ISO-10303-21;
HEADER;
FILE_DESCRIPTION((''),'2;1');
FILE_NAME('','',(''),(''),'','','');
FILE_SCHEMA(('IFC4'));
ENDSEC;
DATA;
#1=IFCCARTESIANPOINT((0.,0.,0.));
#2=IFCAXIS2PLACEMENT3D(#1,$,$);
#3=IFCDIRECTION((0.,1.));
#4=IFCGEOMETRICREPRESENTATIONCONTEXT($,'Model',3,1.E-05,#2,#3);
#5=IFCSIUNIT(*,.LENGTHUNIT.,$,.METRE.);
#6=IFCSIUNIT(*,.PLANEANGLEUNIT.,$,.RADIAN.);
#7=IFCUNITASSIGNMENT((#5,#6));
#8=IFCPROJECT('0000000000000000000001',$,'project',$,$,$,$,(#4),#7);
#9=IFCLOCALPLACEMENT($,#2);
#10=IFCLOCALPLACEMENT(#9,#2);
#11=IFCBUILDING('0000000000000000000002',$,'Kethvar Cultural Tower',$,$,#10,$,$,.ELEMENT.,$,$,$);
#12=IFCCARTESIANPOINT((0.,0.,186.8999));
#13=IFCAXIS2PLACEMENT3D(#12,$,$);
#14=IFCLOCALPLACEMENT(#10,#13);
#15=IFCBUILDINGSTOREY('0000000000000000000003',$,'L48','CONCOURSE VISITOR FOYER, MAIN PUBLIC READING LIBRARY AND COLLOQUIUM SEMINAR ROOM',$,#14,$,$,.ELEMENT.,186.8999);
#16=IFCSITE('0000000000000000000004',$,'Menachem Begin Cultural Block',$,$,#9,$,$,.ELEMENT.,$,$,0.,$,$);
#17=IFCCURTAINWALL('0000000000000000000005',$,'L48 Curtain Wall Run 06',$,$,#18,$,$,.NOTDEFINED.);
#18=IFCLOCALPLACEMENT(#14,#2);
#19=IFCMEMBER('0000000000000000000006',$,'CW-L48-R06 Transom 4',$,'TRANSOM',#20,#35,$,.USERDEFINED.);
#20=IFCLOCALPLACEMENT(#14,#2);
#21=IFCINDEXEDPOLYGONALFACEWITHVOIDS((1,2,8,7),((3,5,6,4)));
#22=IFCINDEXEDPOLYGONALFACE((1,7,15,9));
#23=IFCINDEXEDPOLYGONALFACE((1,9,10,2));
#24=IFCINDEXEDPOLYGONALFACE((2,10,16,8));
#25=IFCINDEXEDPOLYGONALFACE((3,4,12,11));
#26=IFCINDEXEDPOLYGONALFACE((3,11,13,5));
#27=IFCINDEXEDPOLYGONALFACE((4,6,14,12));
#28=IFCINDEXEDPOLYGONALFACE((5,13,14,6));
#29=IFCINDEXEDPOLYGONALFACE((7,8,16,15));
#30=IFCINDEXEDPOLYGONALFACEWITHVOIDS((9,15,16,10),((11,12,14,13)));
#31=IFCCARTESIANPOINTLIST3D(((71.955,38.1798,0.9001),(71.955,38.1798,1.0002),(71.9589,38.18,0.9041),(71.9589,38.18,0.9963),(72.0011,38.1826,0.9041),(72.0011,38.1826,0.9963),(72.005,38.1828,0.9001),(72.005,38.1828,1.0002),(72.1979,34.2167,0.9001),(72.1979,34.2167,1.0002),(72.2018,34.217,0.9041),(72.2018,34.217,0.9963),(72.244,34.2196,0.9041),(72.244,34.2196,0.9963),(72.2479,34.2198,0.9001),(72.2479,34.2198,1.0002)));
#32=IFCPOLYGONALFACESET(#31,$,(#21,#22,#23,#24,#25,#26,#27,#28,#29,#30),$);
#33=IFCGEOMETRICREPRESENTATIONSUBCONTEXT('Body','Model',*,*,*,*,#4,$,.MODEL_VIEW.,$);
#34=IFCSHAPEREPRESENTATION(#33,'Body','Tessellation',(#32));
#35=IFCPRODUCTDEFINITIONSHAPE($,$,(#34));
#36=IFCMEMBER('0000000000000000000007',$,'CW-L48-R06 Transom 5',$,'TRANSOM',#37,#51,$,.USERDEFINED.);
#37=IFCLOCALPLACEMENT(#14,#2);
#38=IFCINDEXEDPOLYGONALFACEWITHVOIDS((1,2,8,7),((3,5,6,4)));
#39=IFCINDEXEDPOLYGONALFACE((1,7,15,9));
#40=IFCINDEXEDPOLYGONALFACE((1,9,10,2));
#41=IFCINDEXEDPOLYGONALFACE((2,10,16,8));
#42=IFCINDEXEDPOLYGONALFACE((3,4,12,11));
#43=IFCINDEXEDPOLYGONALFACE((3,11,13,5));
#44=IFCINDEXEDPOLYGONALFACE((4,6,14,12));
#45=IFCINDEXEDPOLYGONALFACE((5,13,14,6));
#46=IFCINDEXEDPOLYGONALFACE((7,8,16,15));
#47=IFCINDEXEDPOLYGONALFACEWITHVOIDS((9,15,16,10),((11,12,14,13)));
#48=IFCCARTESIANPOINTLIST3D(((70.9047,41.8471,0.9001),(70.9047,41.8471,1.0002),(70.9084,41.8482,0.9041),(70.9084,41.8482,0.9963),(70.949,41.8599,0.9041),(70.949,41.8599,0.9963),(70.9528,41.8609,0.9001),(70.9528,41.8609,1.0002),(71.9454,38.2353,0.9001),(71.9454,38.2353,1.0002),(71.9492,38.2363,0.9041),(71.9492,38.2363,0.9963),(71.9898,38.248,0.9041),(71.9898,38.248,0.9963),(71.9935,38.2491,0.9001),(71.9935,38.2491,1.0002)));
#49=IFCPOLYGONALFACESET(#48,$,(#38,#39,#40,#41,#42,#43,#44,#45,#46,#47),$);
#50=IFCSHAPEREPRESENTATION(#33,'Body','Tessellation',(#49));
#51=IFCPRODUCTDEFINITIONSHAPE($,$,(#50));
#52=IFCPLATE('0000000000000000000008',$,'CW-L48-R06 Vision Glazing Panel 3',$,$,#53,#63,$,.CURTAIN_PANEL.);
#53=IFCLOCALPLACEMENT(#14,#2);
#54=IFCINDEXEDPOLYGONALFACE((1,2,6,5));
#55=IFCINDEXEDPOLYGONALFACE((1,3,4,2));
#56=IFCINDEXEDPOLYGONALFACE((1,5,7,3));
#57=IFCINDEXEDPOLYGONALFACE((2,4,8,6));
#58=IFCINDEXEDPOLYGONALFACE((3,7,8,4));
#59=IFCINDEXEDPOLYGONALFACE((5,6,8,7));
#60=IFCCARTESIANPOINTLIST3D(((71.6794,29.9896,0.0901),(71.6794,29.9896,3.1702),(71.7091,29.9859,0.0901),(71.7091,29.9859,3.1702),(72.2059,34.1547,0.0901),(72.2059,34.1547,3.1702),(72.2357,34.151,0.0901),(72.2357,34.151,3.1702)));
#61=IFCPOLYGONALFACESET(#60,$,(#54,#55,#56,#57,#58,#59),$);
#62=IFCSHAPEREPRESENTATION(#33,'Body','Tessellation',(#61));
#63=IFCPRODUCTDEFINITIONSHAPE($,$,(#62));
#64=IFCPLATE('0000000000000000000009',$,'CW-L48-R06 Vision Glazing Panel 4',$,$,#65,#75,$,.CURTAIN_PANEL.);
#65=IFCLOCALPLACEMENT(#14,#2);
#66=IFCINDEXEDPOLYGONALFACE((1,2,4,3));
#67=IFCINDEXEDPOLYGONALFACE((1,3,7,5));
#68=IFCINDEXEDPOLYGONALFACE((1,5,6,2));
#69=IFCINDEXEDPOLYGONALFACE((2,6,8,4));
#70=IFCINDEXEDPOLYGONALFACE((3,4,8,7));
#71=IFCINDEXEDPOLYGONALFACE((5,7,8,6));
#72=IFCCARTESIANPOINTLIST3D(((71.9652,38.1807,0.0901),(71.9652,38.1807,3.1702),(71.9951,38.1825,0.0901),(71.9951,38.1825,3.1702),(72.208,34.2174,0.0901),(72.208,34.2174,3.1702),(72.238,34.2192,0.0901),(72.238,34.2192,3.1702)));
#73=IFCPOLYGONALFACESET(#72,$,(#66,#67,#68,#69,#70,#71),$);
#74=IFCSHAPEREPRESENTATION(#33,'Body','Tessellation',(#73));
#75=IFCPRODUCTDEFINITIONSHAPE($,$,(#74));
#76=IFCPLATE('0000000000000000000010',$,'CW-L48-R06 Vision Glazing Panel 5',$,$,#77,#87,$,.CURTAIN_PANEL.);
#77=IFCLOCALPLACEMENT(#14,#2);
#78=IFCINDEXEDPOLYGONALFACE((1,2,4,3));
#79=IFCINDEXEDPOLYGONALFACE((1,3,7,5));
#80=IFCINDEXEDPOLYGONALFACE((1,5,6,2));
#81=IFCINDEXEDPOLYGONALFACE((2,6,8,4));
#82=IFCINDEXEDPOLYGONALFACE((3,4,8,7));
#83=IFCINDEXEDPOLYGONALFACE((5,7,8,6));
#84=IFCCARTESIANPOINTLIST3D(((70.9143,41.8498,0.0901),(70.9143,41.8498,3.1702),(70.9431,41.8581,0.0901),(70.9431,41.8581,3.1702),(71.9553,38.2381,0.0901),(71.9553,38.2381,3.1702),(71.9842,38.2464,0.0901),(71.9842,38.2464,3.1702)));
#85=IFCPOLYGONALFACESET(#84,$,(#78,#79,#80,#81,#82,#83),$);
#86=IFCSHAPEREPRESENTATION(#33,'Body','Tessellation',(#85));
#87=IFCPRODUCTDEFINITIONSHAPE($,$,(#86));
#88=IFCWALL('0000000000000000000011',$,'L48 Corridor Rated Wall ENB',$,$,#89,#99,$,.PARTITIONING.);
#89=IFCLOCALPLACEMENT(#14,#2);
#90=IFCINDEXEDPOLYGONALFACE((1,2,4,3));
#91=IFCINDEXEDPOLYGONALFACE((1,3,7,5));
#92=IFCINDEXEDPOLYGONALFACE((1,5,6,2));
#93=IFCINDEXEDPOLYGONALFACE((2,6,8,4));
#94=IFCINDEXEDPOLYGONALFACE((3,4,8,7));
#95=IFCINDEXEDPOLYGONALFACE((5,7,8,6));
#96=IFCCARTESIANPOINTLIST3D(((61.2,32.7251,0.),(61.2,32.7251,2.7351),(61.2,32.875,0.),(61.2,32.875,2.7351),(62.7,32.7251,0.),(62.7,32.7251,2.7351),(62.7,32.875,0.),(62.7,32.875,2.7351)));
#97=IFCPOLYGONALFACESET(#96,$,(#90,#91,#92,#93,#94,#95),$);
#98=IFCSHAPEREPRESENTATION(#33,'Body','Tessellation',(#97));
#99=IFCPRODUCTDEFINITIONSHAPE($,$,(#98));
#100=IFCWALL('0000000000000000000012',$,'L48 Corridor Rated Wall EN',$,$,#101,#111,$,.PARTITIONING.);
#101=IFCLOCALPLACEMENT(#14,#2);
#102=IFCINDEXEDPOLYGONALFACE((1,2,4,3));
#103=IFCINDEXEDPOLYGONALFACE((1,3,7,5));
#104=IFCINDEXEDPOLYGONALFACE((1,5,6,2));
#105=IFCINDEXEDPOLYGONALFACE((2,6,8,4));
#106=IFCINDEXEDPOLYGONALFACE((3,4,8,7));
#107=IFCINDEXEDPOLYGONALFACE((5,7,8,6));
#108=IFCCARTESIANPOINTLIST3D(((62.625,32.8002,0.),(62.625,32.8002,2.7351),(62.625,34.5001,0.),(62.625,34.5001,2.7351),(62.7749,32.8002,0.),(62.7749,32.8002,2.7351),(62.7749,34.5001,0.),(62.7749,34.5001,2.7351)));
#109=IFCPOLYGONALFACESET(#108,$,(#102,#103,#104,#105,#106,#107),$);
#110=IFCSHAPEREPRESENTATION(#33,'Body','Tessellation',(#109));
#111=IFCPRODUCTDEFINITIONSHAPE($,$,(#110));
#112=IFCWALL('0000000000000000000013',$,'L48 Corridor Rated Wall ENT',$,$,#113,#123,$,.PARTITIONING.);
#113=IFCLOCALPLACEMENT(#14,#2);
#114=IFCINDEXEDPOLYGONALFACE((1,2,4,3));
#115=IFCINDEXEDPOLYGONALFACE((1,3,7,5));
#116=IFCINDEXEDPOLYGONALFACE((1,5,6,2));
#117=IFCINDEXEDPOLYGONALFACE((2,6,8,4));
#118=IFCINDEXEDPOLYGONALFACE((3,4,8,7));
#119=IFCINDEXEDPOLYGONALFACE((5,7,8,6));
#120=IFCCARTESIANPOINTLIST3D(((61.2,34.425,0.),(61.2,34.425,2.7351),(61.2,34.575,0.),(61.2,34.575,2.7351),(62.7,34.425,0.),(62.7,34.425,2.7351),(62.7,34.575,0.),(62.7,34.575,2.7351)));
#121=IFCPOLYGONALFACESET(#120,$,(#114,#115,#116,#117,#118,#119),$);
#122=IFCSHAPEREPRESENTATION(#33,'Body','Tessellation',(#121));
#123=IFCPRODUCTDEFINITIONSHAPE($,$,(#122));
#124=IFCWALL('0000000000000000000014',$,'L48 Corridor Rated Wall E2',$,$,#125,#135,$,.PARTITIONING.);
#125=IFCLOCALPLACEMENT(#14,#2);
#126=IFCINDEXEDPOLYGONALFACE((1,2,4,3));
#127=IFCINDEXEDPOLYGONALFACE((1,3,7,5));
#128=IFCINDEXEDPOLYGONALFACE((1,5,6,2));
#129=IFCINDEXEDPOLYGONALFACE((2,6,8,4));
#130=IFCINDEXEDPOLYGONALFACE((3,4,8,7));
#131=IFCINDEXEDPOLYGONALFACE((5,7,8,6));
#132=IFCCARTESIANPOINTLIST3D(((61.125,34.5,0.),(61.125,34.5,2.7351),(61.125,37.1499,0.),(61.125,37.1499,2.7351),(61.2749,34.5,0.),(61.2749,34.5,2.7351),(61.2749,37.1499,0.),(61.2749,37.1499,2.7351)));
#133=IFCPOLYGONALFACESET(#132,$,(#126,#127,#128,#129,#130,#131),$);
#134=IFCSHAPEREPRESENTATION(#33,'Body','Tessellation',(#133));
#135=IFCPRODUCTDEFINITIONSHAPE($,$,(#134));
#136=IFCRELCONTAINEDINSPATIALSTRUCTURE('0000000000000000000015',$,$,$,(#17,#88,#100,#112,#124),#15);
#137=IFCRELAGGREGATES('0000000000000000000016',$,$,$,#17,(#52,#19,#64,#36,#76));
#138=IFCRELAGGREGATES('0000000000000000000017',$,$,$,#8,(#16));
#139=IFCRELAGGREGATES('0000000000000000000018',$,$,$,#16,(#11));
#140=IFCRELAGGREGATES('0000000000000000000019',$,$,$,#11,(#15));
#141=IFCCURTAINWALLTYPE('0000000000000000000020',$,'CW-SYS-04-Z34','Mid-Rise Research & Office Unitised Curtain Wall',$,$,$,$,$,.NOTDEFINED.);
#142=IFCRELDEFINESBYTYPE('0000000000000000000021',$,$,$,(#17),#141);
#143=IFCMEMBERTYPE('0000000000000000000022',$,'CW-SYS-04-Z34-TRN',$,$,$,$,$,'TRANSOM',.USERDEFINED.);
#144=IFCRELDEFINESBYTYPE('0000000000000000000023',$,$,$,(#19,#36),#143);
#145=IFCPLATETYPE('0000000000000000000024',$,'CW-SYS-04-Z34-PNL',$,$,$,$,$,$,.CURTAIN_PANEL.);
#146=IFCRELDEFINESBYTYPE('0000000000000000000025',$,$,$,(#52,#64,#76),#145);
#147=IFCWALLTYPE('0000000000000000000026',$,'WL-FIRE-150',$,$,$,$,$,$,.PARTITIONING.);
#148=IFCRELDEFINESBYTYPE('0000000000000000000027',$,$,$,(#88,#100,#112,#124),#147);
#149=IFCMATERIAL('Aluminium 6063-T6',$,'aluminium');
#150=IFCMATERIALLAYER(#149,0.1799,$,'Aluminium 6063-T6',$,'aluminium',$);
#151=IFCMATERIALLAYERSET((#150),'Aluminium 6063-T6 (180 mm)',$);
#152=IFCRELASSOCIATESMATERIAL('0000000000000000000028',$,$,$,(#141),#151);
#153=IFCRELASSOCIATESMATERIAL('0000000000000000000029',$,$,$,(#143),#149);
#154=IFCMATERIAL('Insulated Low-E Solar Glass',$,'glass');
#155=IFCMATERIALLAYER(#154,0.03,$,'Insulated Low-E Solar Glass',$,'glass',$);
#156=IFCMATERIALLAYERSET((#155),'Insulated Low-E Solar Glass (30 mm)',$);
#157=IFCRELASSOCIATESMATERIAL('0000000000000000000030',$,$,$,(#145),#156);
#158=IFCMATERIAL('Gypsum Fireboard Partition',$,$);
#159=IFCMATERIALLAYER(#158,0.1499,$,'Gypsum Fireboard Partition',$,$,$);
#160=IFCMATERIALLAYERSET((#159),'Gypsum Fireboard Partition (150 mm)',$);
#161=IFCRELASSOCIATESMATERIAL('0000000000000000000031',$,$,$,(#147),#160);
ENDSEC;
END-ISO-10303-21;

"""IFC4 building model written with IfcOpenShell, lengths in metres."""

from ifc_helpers import new_model, si_unit, direction, frame, frame_2d, origin, origin_2d, place, context, subcontext, project, spatial, rectangle, hollow_rectangle, extrude, source, transform, mapped, material, layer, layer_set, material_profile, profile_set, type_object, element, aggregate, save


model = new_model("IFC4")

# Units and contexts
model_context = context("Model", 3, precision=1e-05, world=origin(), true_north=direction((0.0, 1.0)))
body_context = subcontext(model_context, "Body", "Model", "MODEL_VIEW")
ifc_project = project(units=[si_unit("LENGTHUNIT", "METRE"), si_unit("PLANEANGLEUNIT", "RADIAN")], contexts=[model_context])

# Site, building, storey
site_placement = place(None, origin())
site = spatial("IfcSite", under=ifc_project, at=site_placement, Name="Menachem Begin Cultural Block", CompositionType="ELEMENT", RefElevation=0.0)
building_placement = place(site_placement, origin())
building = spatial("IfcBuilding", under=site, at=building_placement, Name="Kethvar Cultural Tower", CompositionType="ELEMENT")
storey_placement = place(building_placement, frame((0.0, 0.0, 186.8999)))
storey = spatial("IfcBuildingStorey", under=building, at=storey_placement, Name="L48", Description="CONCOURSE VISITOR FOYER, MAIN PUBLIC READING LIBRARY AND COLLOQUIUM SEMINAR ROOM", CompositionType="ELEMENT", Elevation=186.8999)

# Curtain wall, members, plates
ifc_material_1 = material(Name="Aluminium 6063-T6", Category="aluminium")
ifc_layer_1 = layer(ifc_material_1, 0.1799, Name="Aluminium 6063-T6", Category="aluminium")
ifc_layer_set_1 = layer_set([ifc_layer_1], Name="Aluminium 6063-T6 (180 mm)")
curtain_wall_type = type_object("IfcCurtainWallType", Name="CW-SYS-04-Z34", Description="Mid-Rise Research & Office Unitised Curtain Wall", PredefinedType="NOTDEFINED", material=ifc_layer_set_1)
curtain_wall_placement = place(storey_placement, origin())
curtain_wall = element("IfcCurtainWall", 1, at=curtain_wall_placement, inside=storey, type_object=curtain_wall_type, Name="L48 Curtain Wall Run 06", PredefinedType="NOTDEFINED")
ifc_material_profile_1 = material_profile(ifc_material_1, hollow_rectangle(XDim=0.05, YDim=0.1001, WallThickness=0.0039, at=origin_2d()), Name="Aluminium 6063-T6 — RHS100x50x4")
ifc_profile_set_1 = profile_set([ifc_material_profile_1], Name="Aluminium 6063-T6 — RHS100x50x4")
member_type_1 = type_object("IfcMemberType", Name="CW-SYS-04-Z34-TRN", ElementType="TRANSOM", PredefinedType="USERDEFINED", material=ifc_profile_set_1)
shared_shape_1 = source(origin(), body_context, "Body", "SweptSolid", [
    extrude(hollow_rectangle(XDim=0.05, YDim=0.1001, WallThickness=0.0039, at=origin_2d()), origin(), (0.0, 0.0, 1.0), 3.9705),
])
member_1_placement = place(storey_placement, frame((72.2229, 34.2183, 0.9502), z_axis=(-0.06118, 0.998127, 0.0), x_axis=(-0.998127, -0.06118, 0.0)))
member_1 = element("IfcMember", 2, at=member_1_placement, type_object=member_type_1, Name="CW-L48-R06 Transom 4", ObjectType="TRANSOM", PredefinedType="USERDEFINED", context=body_context, shape_type="MappedRepresentation", body=[
    mapped(shared_shape_1, transform((0.0, 0.0, 0.0), scale=1.0)),
])
shared_shape_2 = source(origin(), body_context, "Body", "SweptSolid", [
    extrude(hollow_rectangle(XDim=0.05, YDim=0.1001, WallThickness=0.0039, at=origin_2d()), origin(), (0.0, 0.0, 1.0), 3.7588),
])
member_2_placement = place(storey_placement, frame((71.9695, 38.2422, 0.9502), z_axis=(-0.276891, 0.960901, 0.0), x_axis=(-0.960901, -0.276891, 0.0)))
member_2 = element("IfcMember", 3, at=member_2_placement, type_object=member_type_1, Name="CW-L48-R06 Transom 5", ObjectType="TRANSOM", PredefinedType="USERDEFINED", context=body_context, shape_type="MappedRepresentation", body=[
    mapped(shared_shape_2, transform((0.0, 0.0, 0.0), scale=1.0)),
])
ifc_material_2 = material(Name="Insulated Low-E Solar Glass", Category="glass")
ifc_layer_2 = layer(ifc_material_2, 0.03, Name="Insulated Low-E Solar Glass", Category="glass")
ifc_layer_set_2 = layer_set([ifc_layer_2], Name="Insulated Low-E Solar Glass (30 mm)")
plate_type = type_object("IfcPlateType", Name="CW-SYS-04-Z34-PNL", PredefinedType="CURTAIN_PANEL", material=ifc_layer_set_2)
shared_shape_3 = source(origin(), body_context, "Body", "SweptSolid", [
    extrude(rectangle(XDim=4.1982, YDim=0.03, at=origin_2d()), origin(), (0.0, 0.0, 1.0), 3.0801),
])
plate_1_placement = place(storey_placement, frame((71.9575, 32.0703, 0.0901), z_axis=(0.0, 0.0, 1.0), x_axis=(0.12542, 0.992104, 0.0)))
plate_1 = element("IfcPlate", 4, at=plate_1_placement, type_object=plate_type, Name="CW-L48-R06 Vision Glazing Panel 3", PredefinedType="CURTAIN_PANEL", context=body_context, shape_type="MappedRepresentation", body=[
    mapped(shared_shape_3, transform((0.0, 0.0, 0.0), scale=1.0)),
])
shared_shape_4 = source(origin(), body_context, "Body", "SweptSolid", [
    extrude(rectangle(XDim=3.9707, YDim=0.03, at=origin_2d()), origin(), (0.0, 0.0, 1.0), 3.0801),
])
plate_2_placement = place(storey_placement, frame((72.1016, 36.2, 0.0901), z_axis=(0.0, 0.0, 1.0), x_axis=(-0.061153, 0.998128, 0.0)))
plate_2 = element("IfcPlate", 5, at=plate_2_placement, type_object=plate_type, Name="CW-L48-R06 Vision Glazing Panel 4", PredefinedType="CURTAIN_PANEL", context=body_context, shape_type="MappedRepresentation", body=[
    mapped(shared_shape_4, transform((0.0, 0.0, 0.0), scale=1.0)),
])
shared_shape_5 = source(origin(), body_context, "Body", "SweptSolid", [
    extrude(rectangle(XDim=3.7588, YDim=0.03, at=origin_2d()), origin(), (0.0, 0.0, 1.0), 3.0801),
])
plate_3_placement = place(storey_placement, frame((71.4492, 40.0481, 0.0901), z_axis=(0.0, 0.0, 1.0), x_axis=(-0.276962, 0.960881, 0.0)))
plate_3 = element("IfcPlate", 6, at=plate_3_placement, type_object=plate_type, Name="CW-L48-R06 Vision Glazing Panel 5", PredefinedType="CURTAIN_PANEL", context=body_context, shape_type="MappedRepresentation", body=[
    mapped(shared_shape_5, transform((0.0, 0.0, 0.0), scale=1.0)),
])
aggregate(curtain_wall, [plate_1, member_1, plate_2, member_2, plate_3])

# Walls
ifc_material_3 = material(Name="Gypsum Fireboard Partition")
ifc_layer_3 = layer(ifc_material_3, 0.1499, Name="Gypsum Fireboard Partition")
ifc_layer_set_3 = layer_set([ifc_layer_3], Name="Gypsum Fireboard Partition (150 mm)")
wall_type_1 = type_object("IfcWallType", Name="WL-FIRE-150", PredefinedType="PARTITIONING", material=ifc_layer_set_3)
wall_1_placement = place(storey_placement, frame((61.2, 32.8, 0.0), z_axis=(0.0, 0.0, 1.0), x_axis=(1.0, 0.0, 0.0)))
element("IfcWall", 7, at=wall_1_placement, inside=storey, type_object=wall_type_1, Name="L48 Corridor Rated Wall ENB", PredefinedType="PARTITIONING", context=body_context, shape_type="SweptSolid", body=[
    extrude(rectangle(XDim=1.5, YDim=0.1499, at=frame_2d((0.75, 0.0))), origin(), (0.0, 0.0, 1.0), 2.7351),
])
wall_2_placement = place(storey_placement, frame((62.7, 32.8, 0.0), z_axis=(0.0, 0.0, 1.0), x_axis=(0.0, 1.0, 0.0)))
element("IfcWall", 8, at=wall_2_placement, inside=storey, type_object=wall_type_1, Name="L48 Corridor Rated Wall EN", PredefinedType="PARTITIONING", context=body_context, shape_type="SweptSolid", body=[
    extrude(rectangle(XDim=1.7, YDim=0.1499, at=frame_2d((0.8501, 0.0))), origin(), (0.0, 0.0, 1.0), 2.7351),
])
wall_3_placement = place(storey_placement, frame((62.7, 34.5, 0.0), z_axis=(0.0, 0.0, 1.0), x_axis=(-1.0, 0.0, 0.0)))
element("IfcWall", 9, at=wall_3_placement, inside=storey, type_object=wall_type_1, Name="L48 Corridor Rated Wall ENT", PredefinedType="PARTITIONING", context=body_context, shape_type="SweptSolid", body=[
    extrude(rectangle(XDim=1.5, YDim=0.1499, at=frame_2d((0.75, 0.0))), origin(), (0.0, 0.0, 1.0), 2.7351),
])
wall_4_placement = place(storey_placement, frame((61.2, 34.5, 0.0), z_axis=(0.0, 0.0, 1.0), x_axis=(0.0, 1.0, 0.0)))
element("IfcWall", 10, at=wall_4_placement, inside=storey, type_object=wall_type_1, Name="L48 Corridor Rated Wall E2", PredefinedType="PARTITIONING", context=body_context, shape_type="SweptSolid", body=[
    extrude(rectangle(XDim=2.6499, YDim=0.1499, at=frame_2d((1.325, 0.0))), origin(), (0.0, 0.0, 1.0), 2.7351),
])

save(model, "model.ifc")
